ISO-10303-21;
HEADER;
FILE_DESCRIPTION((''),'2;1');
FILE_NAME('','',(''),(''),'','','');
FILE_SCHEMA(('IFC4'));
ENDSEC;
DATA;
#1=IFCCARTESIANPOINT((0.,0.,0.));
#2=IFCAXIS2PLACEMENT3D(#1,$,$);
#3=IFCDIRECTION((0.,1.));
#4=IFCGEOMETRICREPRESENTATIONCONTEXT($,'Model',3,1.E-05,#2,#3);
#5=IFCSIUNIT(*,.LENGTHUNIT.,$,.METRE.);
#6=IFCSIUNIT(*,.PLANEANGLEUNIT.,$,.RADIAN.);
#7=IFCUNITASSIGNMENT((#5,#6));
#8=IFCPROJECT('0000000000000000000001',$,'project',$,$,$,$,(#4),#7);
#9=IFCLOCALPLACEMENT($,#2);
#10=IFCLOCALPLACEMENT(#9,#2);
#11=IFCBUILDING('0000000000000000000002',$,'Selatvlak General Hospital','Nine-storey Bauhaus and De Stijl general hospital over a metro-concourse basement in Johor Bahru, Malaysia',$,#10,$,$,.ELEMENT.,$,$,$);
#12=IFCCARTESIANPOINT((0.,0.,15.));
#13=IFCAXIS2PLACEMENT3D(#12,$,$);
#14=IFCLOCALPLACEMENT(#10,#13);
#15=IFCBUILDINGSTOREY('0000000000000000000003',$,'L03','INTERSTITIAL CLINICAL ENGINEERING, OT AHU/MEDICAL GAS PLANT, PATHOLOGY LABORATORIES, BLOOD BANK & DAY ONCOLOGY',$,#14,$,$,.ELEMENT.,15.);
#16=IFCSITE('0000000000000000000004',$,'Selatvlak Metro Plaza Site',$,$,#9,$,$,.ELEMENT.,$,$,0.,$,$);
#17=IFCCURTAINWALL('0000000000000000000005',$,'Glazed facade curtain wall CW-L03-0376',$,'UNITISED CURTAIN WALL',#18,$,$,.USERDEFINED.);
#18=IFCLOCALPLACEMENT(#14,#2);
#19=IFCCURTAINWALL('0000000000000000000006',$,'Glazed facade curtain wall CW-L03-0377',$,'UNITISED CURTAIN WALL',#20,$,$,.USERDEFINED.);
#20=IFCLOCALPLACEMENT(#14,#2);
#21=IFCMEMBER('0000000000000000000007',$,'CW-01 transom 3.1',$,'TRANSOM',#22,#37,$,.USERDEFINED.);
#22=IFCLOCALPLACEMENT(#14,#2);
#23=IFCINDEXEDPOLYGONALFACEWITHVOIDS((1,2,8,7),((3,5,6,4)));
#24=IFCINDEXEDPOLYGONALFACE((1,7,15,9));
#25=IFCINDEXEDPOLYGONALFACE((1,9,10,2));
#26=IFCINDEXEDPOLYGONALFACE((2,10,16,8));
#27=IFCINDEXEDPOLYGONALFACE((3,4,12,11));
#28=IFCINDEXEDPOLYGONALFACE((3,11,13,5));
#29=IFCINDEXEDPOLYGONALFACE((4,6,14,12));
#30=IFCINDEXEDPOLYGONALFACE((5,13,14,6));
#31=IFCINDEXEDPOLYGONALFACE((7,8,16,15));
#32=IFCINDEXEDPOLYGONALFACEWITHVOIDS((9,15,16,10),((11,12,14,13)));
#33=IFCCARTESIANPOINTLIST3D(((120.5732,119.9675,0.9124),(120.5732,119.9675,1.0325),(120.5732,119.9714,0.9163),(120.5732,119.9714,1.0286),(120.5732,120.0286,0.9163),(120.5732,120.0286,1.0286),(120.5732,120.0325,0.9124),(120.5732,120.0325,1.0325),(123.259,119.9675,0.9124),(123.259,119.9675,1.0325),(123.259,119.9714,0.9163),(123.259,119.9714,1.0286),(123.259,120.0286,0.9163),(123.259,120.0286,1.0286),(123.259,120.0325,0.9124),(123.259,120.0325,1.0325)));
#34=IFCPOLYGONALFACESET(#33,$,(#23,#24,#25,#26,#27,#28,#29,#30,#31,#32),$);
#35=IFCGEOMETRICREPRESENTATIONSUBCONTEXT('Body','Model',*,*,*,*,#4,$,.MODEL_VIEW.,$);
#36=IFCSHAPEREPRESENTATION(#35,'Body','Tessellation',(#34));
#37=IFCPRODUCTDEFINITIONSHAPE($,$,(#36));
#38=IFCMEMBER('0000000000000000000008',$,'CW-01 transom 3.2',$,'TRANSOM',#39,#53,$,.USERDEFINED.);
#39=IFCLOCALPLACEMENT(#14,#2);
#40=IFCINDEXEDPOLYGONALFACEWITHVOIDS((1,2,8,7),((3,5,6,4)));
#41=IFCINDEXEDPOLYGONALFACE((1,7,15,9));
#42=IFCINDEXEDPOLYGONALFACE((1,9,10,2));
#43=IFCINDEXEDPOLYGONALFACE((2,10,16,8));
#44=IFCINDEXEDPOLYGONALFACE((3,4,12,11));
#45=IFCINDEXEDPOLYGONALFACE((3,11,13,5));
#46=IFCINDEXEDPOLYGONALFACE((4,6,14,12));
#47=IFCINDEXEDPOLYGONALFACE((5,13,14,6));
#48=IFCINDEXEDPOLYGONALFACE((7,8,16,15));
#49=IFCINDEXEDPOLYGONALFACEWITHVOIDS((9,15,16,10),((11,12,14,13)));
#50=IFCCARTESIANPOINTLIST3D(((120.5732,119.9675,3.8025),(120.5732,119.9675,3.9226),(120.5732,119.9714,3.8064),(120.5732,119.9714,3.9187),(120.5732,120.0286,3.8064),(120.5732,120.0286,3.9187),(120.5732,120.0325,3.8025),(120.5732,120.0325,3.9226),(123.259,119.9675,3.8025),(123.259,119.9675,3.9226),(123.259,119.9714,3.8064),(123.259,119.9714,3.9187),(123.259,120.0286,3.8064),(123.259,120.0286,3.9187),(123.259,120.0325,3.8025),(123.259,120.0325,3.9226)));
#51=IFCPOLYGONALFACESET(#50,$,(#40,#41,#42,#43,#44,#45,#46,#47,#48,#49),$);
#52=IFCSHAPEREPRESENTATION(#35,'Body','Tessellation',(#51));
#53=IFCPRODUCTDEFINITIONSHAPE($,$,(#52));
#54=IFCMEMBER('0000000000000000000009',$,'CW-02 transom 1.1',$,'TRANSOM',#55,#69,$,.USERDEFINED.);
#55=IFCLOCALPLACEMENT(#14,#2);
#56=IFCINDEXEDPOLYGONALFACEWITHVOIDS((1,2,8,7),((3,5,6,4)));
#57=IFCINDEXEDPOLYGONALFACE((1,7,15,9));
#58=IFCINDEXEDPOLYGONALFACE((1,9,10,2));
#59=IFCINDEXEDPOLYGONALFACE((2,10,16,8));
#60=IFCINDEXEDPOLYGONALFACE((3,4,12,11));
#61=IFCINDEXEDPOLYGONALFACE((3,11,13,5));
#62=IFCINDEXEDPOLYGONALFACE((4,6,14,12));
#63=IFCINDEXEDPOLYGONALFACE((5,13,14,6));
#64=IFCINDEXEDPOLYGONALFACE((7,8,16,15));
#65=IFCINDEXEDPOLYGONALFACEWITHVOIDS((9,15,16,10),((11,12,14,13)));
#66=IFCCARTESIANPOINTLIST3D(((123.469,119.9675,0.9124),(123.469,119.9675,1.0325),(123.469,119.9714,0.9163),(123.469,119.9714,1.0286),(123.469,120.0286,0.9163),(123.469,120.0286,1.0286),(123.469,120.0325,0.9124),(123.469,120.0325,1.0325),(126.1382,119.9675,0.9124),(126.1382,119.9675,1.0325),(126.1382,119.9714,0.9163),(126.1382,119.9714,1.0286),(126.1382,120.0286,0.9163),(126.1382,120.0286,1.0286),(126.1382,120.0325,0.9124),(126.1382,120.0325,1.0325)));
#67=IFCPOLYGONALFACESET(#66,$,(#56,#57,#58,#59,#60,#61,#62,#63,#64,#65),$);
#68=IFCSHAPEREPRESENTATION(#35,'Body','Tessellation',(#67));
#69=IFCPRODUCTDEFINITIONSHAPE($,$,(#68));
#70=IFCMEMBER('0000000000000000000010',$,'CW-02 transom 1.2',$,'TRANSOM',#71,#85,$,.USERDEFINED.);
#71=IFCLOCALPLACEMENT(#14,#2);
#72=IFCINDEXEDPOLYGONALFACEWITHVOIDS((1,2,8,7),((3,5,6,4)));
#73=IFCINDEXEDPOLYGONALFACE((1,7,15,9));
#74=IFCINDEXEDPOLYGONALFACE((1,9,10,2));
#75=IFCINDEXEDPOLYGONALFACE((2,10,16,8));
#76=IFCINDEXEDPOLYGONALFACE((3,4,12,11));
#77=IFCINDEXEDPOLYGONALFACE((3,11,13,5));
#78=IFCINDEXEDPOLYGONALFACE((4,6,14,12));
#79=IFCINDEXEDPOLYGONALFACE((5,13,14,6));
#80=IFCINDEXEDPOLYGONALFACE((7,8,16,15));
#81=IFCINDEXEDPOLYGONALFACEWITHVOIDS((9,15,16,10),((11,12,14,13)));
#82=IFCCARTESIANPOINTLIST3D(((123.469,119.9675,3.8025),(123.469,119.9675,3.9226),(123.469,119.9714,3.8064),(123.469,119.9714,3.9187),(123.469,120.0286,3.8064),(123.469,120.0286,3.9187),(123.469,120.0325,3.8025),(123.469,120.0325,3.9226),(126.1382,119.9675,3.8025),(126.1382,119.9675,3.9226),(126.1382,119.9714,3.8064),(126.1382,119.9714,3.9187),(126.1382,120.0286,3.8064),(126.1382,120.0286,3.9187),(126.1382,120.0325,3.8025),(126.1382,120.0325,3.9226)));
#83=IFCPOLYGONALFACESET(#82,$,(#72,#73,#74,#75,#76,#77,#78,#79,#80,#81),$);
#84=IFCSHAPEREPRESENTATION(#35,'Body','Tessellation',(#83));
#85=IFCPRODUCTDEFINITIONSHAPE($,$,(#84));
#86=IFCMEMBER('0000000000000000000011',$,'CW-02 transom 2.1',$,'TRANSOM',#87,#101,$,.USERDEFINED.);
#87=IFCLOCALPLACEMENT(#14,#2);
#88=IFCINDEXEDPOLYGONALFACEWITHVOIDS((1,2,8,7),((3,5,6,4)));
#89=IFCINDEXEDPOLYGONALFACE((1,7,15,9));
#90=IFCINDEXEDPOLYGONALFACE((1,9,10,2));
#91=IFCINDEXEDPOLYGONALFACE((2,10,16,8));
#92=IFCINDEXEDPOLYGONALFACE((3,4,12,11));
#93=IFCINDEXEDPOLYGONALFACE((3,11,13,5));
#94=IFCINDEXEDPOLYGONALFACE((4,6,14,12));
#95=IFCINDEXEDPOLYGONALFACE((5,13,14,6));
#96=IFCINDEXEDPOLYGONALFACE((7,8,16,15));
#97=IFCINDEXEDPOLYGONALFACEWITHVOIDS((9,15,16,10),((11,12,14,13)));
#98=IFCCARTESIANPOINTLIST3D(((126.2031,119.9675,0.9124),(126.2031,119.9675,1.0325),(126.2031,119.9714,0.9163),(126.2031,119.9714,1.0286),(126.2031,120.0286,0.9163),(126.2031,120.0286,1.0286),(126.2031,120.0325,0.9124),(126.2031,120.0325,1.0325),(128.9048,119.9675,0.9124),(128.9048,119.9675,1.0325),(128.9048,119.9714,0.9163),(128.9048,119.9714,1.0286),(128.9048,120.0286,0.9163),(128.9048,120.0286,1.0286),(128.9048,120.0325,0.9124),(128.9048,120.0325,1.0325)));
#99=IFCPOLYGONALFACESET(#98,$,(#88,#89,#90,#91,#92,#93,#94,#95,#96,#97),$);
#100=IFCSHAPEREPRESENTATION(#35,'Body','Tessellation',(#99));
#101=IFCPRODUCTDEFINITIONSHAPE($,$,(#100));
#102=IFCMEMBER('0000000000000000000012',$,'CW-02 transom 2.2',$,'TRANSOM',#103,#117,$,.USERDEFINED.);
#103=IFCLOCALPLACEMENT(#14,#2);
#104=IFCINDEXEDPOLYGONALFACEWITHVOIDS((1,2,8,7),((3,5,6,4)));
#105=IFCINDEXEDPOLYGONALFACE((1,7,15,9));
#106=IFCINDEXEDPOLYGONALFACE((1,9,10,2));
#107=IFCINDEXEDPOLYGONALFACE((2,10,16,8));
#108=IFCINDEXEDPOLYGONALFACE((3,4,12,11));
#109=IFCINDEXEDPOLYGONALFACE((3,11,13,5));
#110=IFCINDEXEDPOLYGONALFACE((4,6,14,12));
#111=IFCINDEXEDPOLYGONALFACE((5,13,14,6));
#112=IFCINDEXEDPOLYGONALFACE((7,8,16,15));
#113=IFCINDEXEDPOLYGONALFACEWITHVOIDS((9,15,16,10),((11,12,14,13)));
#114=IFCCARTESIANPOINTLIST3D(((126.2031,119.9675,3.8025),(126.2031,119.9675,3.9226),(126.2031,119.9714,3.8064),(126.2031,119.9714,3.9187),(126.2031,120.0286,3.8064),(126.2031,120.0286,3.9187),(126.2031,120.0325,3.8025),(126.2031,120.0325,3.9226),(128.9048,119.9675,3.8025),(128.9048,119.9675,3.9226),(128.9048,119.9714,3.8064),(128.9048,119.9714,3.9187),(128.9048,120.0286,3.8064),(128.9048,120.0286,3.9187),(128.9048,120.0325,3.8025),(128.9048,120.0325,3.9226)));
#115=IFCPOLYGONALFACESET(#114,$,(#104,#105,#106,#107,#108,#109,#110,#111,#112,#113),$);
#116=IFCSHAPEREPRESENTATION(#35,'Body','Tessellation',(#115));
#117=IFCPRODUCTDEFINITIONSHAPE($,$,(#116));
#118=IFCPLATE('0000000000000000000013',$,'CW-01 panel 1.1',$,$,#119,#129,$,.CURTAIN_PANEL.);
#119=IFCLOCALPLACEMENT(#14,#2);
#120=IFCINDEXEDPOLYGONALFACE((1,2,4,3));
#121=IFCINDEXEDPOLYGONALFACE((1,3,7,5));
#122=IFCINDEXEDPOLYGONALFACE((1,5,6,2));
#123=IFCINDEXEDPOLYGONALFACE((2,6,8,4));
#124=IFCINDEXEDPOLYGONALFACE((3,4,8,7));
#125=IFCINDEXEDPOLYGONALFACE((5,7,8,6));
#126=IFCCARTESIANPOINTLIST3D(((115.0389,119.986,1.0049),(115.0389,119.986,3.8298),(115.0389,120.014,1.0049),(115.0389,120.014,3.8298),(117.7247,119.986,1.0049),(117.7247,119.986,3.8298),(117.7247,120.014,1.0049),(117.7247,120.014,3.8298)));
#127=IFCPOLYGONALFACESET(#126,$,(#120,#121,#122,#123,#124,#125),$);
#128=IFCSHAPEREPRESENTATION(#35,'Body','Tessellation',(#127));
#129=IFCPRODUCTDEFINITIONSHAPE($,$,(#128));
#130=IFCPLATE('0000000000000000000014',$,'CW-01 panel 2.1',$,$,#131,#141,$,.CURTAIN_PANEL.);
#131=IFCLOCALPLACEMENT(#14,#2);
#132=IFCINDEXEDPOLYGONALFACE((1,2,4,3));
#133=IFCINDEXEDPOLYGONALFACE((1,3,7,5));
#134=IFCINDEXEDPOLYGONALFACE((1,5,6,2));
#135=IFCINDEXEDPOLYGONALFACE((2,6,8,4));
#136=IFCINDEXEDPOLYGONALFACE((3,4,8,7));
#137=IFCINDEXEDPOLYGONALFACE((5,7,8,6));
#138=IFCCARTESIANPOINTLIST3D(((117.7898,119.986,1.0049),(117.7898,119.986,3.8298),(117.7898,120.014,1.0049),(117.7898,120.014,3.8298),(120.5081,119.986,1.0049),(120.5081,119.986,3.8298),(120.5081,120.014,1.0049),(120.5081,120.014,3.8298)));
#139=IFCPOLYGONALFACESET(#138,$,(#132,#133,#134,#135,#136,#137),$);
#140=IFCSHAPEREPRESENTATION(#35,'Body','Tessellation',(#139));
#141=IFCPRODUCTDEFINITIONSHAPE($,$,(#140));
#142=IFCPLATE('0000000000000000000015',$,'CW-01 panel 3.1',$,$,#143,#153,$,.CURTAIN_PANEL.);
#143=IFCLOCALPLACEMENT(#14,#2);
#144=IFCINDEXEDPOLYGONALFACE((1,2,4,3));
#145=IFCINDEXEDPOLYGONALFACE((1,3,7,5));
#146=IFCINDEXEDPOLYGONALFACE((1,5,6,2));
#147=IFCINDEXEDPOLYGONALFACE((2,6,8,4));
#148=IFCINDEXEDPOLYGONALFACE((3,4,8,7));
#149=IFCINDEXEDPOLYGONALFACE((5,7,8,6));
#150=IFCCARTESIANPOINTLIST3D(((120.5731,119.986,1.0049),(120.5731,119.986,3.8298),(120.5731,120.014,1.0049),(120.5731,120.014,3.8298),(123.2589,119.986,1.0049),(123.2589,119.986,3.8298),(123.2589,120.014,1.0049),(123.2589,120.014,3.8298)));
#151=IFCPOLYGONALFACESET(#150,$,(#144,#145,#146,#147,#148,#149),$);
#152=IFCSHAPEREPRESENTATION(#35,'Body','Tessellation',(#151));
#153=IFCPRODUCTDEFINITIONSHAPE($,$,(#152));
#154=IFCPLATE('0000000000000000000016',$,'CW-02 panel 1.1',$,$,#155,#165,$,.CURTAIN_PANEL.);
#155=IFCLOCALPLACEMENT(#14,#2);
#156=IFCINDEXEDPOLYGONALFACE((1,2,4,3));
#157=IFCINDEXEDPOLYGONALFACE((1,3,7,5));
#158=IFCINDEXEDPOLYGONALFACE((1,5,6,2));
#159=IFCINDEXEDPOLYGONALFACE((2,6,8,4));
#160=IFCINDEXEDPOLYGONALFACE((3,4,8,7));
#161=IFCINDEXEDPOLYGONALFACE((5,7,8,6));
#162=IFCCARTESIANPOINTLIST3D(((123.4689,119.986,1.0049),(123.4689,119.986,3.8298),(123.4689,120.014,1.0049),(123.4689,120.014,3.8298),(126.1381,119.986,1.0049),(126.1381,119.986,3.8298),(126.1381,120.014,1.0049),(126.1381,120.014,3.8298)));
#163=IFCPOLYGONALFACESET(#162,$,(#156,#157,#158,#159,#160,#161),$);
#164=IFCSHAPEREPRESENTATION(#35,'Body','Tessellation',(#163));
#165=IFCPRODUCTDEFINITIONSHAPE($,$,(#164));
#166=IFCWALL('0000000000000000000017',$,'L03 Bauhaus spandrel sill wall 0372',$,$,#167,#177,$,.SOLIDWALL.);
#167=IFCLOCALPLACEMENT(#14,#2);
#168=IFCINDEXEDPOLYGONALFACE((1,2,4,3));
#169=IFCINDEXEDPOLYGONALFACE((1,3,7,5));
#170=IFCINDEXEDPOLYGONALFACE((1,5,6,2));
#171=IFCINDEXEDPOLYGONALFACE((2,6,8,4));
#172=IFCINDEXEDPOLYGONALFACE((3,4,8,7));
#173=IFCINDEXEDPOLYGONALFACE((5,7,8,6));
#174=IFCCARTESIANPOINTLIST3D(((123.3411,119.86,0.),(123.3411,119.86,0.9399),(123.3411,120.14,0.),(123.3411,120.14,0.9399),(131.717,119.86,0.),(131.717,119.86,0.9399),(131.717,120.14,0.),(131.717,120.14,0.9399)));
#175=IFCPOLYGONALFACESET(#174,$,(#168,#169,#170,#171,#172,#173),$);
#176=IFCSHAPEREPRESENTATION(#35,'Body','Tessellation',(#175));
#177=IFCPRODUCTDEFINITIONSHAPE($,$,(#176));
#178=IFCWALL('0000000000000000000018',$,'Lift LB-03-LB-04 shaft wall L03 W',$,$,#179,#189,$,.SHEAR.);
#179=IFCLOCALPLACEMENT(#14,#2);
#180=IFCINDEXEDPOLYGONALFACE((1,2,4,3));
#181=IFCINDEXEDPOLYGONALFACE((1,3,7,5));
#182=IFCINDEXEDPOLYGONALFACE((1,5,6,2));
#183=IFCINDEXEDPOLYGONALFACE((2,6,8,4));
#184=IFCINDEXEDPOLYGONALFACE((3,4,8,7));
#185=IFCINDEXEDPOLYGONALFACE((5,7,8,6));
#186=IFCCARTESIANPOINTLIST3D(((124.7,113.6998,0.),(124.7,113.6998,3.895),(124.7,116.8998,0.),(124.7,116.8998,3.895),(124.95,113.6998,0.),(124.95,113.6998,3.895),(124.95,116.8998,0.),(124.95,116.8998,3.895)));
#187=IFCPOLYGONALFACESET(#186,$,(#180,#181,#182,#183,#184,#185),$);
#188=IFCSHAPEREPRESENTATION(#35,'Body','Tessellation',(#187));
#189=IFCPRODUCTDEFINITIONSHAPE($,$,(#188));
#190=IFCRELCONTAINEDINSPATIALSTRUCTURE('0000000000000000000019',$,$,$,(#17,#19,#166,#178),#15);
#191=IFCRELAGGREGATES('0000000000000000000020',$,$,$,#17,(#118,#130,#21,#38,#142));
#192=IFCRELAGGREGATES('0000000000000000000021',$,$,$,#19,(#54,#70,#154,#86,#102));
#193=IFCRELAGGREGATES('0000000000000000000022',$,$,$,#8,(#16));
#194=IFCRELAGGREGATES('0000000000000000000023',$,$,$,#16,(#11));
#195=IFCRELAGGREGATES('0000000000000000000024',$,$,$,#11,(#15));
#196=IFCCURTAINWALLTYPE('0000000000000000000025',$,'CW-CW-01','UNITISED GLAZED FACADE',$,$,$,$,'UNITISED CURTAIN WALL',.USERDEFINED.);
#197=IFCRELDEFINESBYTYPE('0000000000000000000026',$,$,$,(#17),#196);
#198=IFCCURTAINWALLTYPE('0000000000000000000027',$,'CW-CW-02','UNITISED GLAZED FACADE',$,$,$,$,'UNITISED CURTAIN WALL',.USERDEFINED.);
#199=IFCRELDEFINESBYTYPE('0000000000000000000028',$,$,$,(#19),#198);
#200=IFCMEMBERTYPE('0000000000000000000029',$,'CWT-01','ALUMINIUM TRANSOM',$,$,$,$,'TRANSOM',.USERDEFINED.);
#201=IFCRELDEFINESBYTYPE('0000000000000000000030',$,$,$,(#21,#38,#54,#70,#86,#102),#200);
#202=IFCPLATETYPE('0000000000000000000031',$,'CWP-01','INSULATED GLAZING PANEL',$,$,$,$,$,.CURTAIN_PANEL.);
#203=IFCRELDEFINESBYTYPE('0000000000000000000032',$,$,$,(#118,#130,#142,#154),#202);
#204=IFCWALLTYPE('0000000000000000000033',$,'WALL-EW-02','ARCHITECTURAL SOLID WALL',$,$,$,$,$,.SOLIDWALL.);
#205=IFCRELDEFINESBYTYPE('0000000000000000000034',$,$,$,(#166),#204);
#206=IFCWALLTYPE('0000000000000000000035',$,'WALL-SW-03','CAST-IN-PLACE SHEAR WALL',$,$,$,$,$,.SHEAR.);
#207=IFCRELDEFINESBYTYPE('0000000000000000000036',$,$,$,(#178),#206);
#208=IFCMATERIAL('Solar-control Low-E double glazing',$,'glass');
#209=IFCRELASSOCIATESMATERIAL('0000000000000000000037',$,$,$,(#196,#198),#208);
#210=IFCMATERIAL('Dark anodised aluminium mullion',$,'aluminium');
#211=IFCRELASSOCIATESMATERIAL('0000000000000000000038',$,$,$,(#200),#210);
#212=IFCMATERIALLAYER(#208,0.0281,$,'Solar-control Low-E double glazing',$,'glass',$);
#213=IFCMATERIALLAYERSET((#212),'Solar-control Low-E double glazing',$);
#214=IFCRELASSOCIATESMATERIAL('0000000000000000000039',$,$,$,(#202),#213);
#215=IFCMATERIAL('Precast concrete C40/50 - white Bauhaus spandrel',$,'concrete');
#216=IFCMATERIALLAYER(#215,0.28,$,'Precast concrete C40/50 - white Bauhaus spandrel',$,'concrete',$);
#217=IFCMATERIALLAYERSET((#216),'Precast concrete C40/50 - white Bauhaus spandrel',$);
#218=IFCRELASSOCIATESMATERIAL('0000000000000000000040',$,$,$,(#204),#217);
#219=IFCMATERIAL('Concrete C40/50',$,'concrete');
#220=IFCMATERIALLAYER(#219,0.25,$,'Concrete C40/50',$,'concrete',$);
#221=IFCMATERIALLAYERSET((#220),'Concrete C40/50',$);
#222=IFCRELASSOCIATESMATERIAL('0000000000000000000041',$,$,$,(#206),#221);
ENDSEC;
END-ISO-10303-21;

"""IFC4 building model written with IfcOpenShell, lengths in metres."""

from ifc_helpers import new_model, si_unit, direction, frame, frame_2d, origin, origin_2d, place, context, subcontext, project, spatial, rectangle, hollow_rectangle, extrude, material, layer, layer_set, material_profile, profile_set, type_object, element, aggregate, save


model = new_model("IFC4")

# Units and contexts
model_context = context("Model", 3, precision=1e-05, world=origin(), true_north=direction((0.0, 1.0)))
body_context = subcontext(model_context, "Body", "Model", "MODEL_VIEW")
ifc_project = project(units=[si_unit("LENGTHUNIT", "METRE"), si_unit("PLANEANGLEUNIT", "RADIAN")], contexts=[model_context])

# Site, building, storey
site_placement = place(None, origin())
site = spatial("IfcSite", under=ifc_project, at=site_placement, Name="Selatvlak Metro Plaza Site", CompositionType="ELEMENT", RefElevation=0.0)
building_placement = place(site_placement, origin())
building = spatial("IfcBuilding", under=site, at=building_placement, Name="Selatvlak General Hospital", Description="Nine-storey Bauhaus and De Stijl general hospital over a metro-concourse basement in Johor Bahru, Malaysia", CompositionType="ELEMENT")
storey_placement = place(building_placement, frame((0.0, 0.0, 15.0)))
storey = spatial("IfcBuildingStorey", under=building, at=storey_placement, Name="L03", Description="INTERSTITIAL CLINICAL ENGINEERING, OT AHU/MEDICAL GAS PLANT, PATHOLOGY LABORATORIES, BLOOD BANK & DAY ONCOLOGY", CompositionType="ELEMENT", Elevation=15.0)

# Shared definitions
ifc_material_1 = material(Name="Concrete C40/50", Category="concrete")

# Curtain walls
ifc_material_2 = material(Name="Solar-control Low-E double glazing", Category="glass")
curtain_wall_type_1 = type_object("IfcCurtainWallType", Name="CW-CW-01", Description="UNITISED GLAZED FACADE", ElementType="UNITISED CURTAIN WALL", PredefinedType="USERDEFINED", material=ifc_material_2)
curtain_wall_1_placement = place(storey_placement, origin())
curtain_wall_1 = element("IfcCurtainWall", 1, at=curtain_wall_1_placement, inside=storey, type_object=curtain_wall_type_1, Name="Glazed facade curtain wall CW-L03-0376", ObjectType="UNITISED CURTAIN WALL", PredefinedType="USERDEFINED")
ifc_material_3 = material(Name="Dark anodised aluminium mullion", Category="aluminium")
curtain_wall_type_2 = type_object("IfcCurtainWallType", Name="CW-CW-02", Description="UNITISED GLAZED FACADE", ElementType="UNITISED CURTAIN WALL", PredefinedType="USERDEFINED", material=ifc_material_2)
curtain_wall_2_placement = place(storey_placement, origin())
curtain_wall_2 = element("IfcCurtainWall", 2, at=curtain_wall_2_placement, inside=storey, type_object=curtain_wall_type_2, Name="Glazed facade curtain wall CW-L03-0377", ObjectType="UNITISED CURTAIN WALL", PredefinedType="USERDEFINED")

# Members
ifc_material_profile_1 = material_profile(ifc_material_3, hollow_rectangle(XDim=0.0649, YDim=0.1201, WallThickness=0.0039, at=origin_2d()), Name="AL-TRN 65x120x4")
ifc_profile_set_1 = profile_set([ifc_material_profile_1], Name="Dark anodised aluminium mullion")
member_type_1 = type_object("IfcMemberType", Name="CWT-01", Description="ALUMINIUM TRANSOM", ElementType="TRANSOM", PredefinedType="USERDEFINED", material=ifc_profile_set_1)
member_1_placement = place(storey_placement, frame((120.5732, 120.0, 0.9724), z_axis=(1.0, 0.0, 0.0), x_axis=(0.0, 1.0, 0.0)))
member_1 = element("IfcMember", 3, at=member_1_placement, type_object=member_type_1, Name="CW-01 transom 3.1", ObjectType="TRANSOM", PredefinedType="USERDEFINED", context=body_context, shape_type="SweptSolid", body=[
    extrude(hollow_rectangle(XDim=0.0649, YDim=0.1201, WallThickness=0.0039, at=origin_2d()), origin(), (0.0, 0.0, 1.0), 2.6858),
])
member_2_placement = place(storey_placement, frame((120.5732, 120.0, 3.8625), z_axis=(1.0, 0.0, 0.0), x_axis=(0.0, 1.0, 0.0)))
member_2 = element("IfcMember", 4, at=member_2_placement, type_object=member_type_1, Name="CW-01 transom 3.2", ObjectType="TRANSOM", PredefinedType="USERDEFINED", context=body_context, shape_type="SweptSolid", body=[
    extrude(hollow_rectangle(XDim=0.0649, YDim=0.1201, WallThickness=0.0039, at=origin_2d()), origin(), (0.0, 0.0, 1.0), 2.6858),
])
member_3_placement = place(storey_placement, frame((123.469, 120.0, 0.9724), z_axis=(1.0, 0.0, 0.0), x_axis=(0.0, 1.0, 0.0)))
member_3 = element("IfcMember", 5, at=member_3_placement, type_object=member_type_1, Name="CW-02 transom 1.1", ObjectType="TRANSOM", PredefinedType="USERDEFINED", context=body_context, shape_type="SweptSolid", body=[
    extrude(hollow_rectangle(XDim=0.0649, YDim=0.1201, WallThickness=0.0039, at=origin_2d()), origin(), (0.0, 0.0, 1.0), 2.6692),
])
member_4_placement = place(storey_placement, frame((123.469, 120.0, 3.8625), z_axis=(1.0, 0.0, 0.0), x_axis=(0.0, 1.0, 0.0)))
member_4 = element("IfcMember", 6, at=member_4_placement, type_object=member_type_1, Name="CW-02 transom 1.2", ObjectType="TRANSOM", PredefinedType="USERDEFINED", context=body_context, shape_type="SweptSolid", body=[
    extrude(hollow_rectangle(XDim=0.0649, YDim=0.1201, WallThickness=0.0039, at=origin_2d()), origin(), (0.0, 0.0, 1.0), 2.6692),
])
member_5_placement = place(storey_placement, frame((126.2031, 120.0, 0.9724), z_axis=(1.0, 0.0, 0.0), x_axis=(0.0, 1.0, 0.0)))
member_5 = element("IfcMember", 7, at=member_5_placement, type_object=member_type_1, Name="CW-02 transom 2.1", ObjectType="TRANSOM", PredefinedType="USERDEFINED", context=body_context, shape_type="SweptSolid", body=[
    extrude(hollow_rectangle(XDim=0.0649, YDim=0.1201, WallThickness=0.0039, at=origin_2d()), origin(), (0.0, 0.0, 1.0), 2.7017),
])
member_6_placement = place(storey_placement, frame((126.2031, 120.0, 3.8625), z_axis=(1.0, 0.0, 0.0), x_axis=(0.0, 1.0, 0.0)))
member_6 = element("IfcMember", 8, at=member_6_placement, type_object=member_type_1, Name="CW-02 transom 2.2", ObjectType="TRANSOM", PredefinedType="USERDEFINED", context=body_context, shape_type="SweptSolid", body=[
    extrude(hollow_rectangle(XDim=0.0649, YDim=0.1201, WallThickness=0.0039, at=origin_2d()), origin(), (0.0, 0.0, 1.0), 2.7017),
])

# Plates
ifc_layer_1 = layer(ifc_material_2, 0.0281, Name="Solar-control Low-E double glazing", Category="glass")
ifc_layer_set_1 = layer_set([ifc_layer_1], Name="Solar-control Low-E double glazing")
plate_type = type_object("IfcPlateType", Name="CWP-01", Description="INSULATED GLAZING PANEL", PredefinedType="CURTAIN_PANEL", material=ifc_layer_set_1)
plate_1_placement = place(storey_placement, frame((116.3818, 120.0, 1.0049), z_axis=(0.0, 0.0, 1.0), x_axis=(1.0, 0.0, 0.0)))
plate_1 = element("IfcPlate", 9, at=plate_1_placement, type_object=plate_type, Name="CW-01 panel 1.1", PredefinedType="CURTAIN_PANEL", context=body_context, shape_type="SweptSolid", body=[
    extrude(rectangle(XDim=2.6858, YDim=0.0281, at=origin_2d()), origin(), (0.0, 0.0, 1.0), 2.825),
])
plate_2_placement = place(storey_placement, frame((119.1489, 120.0, 1.0049), z_axis=(0.0, 0.0, 1.0), x_axis=(1.0, 0.0, 0.0)))
plate_2 = element("IfcPlate", 10, at=plate_2_placement, type_object=plate_type, Name="CW-01 panel 2.1", PredefinedType="CURTAIN_PANEL", context=body_context, shape_type="SweptSolid", body=[
    extrude(rectangle(XDim=2.7183, YDim=0.0281, at=origin_2d()), origin(), (0.0, 0.0, 1.0), 2.825),
])
plate_3_placement = place(storey_placement, frame((121.916, 120.0, 1.0049), z_axis=(0.0, 0.0, 1.0), x_axis=(1.0, 0.0, 0.0)))
plate_3 = element("IfcPlate", 11, at=plate_3_placement, type_object=plate_type, Name="CW-01 panel 3.1", PredefinedType="CURTAIN_PANEL", context=body_context, shape_type="SweptSolid", body=[
    extrude(rectangle(XDim=2.6858, YDim=0.0281, at=origin_2d()), origin(), (0.0, 0.0, 1.0), 2.825),
])
aggregate(curtain_wall_1, [plate_1, plate_2, member_1, member_2, plate_3])
plate_4_placement = place(storey_placement, frame((124.8035, 120.0, 1.0049), z_axis=(0.0, 0.0, 1.0), x_axis=(1.0, 0.0, 0.0)))
plate_4 = element("IfcPlate", 12, at=plate_4_placement, type_object=plate_type, Name="CW-02 panel 1.1", PredefinedType="CURTAIN_PANEL", context=body_context, shape_type="SweptSolid", body=[
    extrude(rectangle(XDim=2.6692, YDim=0.0281, at=origin_2d()), origin(), (0.0, 0.0, 1.0), 2.825),
])
aggregate(curtain_wall_2, [member_3, member_4, plate_4, member_5, member_6])

# Walls
ifc_material_4 = material(Name="Precast concrete C40/50 - white Bauhaus spandrel", Category="concrete")
ifc_layer_2 = layer(ifc_material_4, 0.28, Name="Precast concrete C40/50 - white Bauhaus spandrel", Category="concrete")
ifc_layer_set_2 = layer_set([ifc_layer_2], Name="Precast concrete C40/50 - white Bauhaus spandrel")
wall_type_1 = type_object("IfcWallType", Name="WALL-EW-02", Description="ARCHITECTURAL SOLID WALL", PredefinedType="SOLIDWALL", material=ifc_layer_set_2)
wall_1_placement = place(storey_placement, frame((123.3411, 120.0, 0.0), z_axis=(0.0, 0.0, 1.0), x_axis=(1.0, 0.0, 0.0)))
element("IfcWall", 13, at=wall_1_placement, inside=storey, type_object=wall_type_1, Name="L03 Bauhaus spandrel sill wall 0372", PredefinedType="SOLIDWALL", context=body_context, shape_type="SweptSolid", body=[
    extrude(rectangle(XDim=8.376, YDim=0.28, at=frame_2d((4.188, 0.0))), origin(), (0.0, 0.0, 1.0), 0.9399),
])
ifc_layer_3 = layer(ifc_material_1, 0.25, Name="Concrete C40/50", Category="concrete")
ifc_layer_set_3 = layer_set([ifc_layer_3], Name="Concrete C40/50")
wall_type_2 = type_object("IfcWallType", Name="WALL-SW-03", Description="CAST-IN-PLACE SHEAR WALL", PredefinedType="SHEAR", material=ifc_layer_set_3)
wall_2_placement = place(storey_placement, frame((124.825, 116.8999, 0.0), z_axis=(0.0, 0.0, 1.0), x_axis=(0.0, -1.0, 0.0)))
element("IfcWall", 14, at=wall_2_placement, inside=storey, type_object=wall_type_2, Name="Lift LB-03-LB-04 shaft wall L03 W", PredefinedType="SHEAR", context=body_context, shape_type="SweptSolid", body=[
    extrude(rectangle(XDim=3.2, YDim=0.25, at=frame_2d((1.6001, 0.0))), origin(), (0.0, 0.0, 1.0), 3.895),
])

save(model, "model.ifc")
